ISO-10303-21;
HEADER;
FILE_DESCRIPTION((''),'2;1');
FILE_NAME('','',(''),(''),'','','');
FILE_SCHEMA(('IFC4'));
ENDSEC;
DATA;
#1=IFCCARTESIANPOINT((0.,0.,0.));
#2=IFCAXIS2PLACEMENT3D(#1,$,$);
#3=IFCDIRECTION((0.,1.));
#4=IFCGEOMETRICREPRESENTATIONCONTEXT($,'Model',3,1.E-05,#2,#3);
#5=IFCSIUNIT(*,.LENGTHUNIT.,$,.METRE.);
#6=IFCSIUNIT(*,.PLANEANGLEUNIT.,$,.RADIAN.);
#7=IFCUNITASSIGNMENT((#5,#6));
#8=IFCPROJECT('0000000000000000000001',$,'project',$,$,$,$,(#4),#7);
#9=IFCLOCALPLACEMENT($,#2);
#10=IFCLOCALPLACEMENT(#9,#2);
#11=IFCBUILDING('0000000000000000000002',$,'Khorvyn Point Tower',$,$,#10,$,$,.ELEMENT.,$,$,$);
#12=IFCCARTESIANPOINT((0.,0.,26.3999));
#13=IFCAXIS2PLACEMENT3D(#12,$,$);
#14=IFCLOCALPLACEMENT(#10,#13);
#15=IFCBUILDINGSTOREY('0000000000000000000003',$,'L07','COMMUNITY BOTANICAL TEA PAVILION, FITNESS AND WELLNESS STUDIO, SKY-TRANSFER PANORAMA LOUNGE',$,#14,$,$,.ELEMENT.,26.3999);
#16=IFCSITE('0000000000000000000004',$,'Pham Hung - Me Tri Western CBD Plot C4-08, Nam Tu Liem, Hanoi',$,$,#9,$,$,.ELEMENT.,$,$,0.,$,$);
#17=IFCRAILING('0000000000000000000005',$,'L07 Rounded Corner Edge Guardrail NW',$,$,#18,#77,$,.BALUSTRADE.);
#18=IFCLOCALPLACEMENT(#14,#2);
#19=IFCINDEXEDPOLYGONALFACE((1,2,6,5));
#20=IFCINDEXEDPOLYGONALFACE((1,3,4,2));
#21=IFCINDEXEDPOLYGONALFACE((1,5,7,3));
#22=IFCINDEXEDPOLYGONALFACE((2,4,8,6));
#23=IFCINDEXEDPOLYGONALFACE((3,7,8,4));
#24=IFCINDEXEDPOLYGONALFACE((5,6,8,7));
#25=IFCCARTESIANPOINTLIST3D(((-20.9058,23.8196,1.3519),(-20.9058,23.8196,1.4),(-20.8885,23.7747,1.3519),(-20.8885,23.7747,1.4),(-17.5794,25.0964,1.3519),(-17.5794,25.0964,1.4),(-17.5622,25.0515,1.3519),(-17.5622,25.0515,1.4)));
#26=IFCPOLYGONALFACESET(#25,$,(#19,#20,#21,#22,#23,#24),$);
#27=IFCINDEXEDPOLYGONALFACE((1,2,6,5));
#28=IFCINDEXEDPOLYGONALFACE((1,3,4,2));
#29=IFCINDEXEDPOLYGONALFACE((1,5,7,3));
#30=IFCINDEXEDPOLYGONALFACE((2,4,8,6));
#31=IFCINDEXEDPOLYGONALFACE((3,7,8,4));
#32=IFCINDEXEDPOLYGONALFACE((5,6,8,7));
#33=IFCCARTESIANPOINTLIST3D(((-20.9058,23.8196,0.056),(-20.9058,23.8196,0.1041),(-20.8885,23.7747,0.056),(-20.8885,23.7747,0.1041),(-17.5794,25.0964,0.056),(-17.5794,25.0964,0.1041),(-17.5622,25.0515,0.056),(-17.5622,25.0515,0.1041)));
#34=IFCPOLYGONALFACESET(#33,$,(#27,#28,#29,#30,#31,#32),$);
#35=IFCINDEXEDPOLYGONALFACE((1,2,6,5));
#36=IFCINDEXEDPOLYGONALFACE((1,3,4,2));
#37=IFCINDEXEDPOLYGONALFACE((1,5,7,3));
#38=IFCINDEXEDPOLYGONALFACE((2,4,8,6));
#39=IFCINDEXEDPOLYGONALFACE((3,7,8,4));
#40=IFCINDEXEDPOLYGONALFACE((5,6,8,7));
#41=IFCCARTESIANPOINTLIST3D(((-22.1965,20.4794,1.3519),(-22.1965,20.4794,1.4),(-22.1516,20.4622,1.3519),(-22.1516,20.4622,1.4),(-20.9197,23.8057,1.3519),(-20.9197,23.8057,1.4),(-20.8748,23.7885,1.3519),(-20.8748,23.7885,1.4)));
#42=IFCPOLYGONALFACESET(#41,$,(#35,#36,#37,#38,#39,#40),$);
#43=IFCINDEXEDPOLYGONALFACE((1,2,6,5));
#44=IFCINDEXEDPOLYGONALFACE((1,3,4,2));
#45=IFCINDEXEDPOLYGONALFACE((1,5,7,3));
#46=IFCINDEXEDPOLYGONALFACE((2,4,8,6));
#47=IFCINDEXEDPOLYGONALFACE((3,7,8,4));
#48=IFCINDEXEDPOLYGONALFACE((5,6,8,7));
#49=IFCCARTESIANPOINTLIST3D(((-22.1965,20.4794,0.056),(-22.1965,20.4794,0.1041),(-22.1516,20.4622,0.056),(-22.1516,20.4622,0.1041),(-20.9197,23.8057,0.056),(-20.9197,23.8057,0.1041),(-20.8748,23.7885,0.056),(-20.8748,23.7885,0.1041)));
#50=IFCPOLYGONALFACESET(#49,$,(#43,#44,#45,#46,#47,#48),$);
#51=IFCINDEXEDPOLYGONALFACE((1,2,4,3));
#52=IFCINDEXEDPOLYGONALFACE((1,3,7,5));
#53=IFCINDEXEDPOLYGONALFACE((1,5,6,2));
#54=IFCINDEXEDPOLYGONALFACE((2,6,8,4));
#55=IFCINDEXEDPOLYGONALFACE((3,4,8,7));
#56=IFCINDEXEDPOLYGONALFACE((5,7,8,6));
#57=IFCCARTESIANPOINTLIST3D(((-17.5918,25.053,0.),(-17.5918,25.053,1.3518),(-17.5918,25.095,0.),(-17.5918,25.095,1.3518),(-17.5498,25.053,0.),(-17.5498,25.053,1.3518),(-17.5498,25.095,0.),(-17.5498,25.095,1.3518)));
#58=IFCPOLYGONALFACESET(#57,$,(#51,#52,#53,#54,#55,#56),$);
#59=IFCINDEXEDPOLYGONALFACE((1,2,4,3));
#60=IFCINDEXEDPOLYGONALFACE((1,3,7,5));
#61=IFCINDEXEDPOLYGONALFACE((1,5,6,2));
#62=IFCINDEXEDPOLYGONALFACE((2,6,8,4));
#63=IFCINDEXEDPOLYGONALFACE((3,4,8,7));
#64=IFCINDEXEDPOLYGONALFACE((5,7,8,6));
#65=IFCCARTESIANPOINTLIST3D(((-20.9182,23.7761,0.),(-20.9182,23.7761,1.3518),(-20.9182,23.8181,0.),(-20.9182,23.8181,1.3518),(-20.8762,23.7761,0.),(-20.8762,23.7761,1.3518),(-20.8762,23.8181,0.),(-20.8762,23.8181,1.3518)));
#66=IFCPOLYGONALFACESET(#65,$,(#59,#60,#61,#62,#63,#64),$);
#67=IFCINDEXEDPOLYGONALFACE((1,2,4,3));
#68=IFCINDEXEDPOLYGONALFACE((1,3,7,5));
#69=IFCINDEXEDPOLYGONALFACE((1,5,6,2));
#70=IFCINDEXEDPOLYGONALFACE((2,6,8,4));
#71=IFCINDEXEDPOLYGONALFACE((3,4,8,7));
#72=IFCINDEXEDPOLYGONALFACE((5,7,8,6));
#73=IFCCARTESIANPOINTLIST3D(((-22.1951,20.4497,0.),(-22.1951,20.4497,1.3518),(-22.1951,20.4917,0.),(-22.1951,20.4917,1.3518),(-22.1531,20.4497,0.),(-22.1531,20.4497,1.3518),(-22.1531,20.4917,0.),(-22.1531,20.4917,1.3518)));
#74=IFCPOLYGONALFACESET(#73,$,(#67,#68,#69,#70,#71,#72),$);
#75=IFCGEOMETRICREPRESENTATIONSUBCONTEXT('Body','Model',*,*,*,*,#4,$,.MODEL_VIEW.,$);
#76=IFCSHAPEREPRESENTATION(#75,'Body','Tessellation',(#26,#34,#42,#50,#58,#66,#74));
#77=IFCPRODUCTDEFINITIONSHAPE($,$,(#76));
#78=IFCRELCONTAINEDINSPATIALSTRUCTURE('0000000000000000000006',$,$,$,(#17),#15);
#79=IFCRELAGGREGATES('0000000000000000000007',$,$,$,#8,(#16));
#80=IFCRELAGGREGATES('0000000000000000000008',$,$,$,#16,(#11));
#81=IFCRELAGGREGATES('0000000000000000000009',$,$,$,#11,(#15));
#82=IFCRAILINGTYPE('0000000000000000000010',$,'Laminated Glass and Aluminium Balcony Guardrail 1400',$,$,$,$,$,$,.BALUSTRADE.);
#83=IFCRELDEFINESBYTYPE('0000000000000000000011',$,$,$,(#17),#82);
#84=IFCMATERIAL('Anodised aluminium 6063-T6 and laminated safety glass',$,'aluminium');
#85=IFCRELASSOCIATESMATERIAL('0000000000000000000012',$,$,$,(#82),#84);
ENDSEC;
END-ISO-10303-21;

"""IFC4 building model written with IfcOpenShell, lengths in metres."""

from ifc_helpers import new_model, si_unit, direction, frame, origin, origin_2d, place, context, subcontext, project, spatial, rectangle, extrude, material, type_object, element, save


model = new_model("IFC4")

# Units and contexts
model_context = context("Model", 3, precision=1e-05, world=origin(), true_north=direction((0.0, 1.0)))
body_context = subcontext(model_context, "Body", "Model", "MODEL_VIEW")
ifc_project = project(units=[si_unit("LENGTHUNIT", "METRE"), si_unit("PLANEANGLEUNIT", "RADIAN")], contexts=[model_context])

# Site, building, storey
site_placement = place(None, origin())
site = spatial("IfcSite", under=ifc_project, at=site_placement, Name="Pham Hung - Me Tri Western CBD Plot C4-08, Nam Tu Liem, Hanoi", CompositionType="ELEMENT", RefElevation=0.0)
building_placement = place(site_placement, origin())
building = spatial("IfcBuilding", under=site, at=building_placement, Name="Khorvyn Point Tower", CompositionType="ELEMENT")
storey_placement = place(building_placement, frame((0.0, 0.0, 26.3999)))
storey = spatial("IfcBuildingStorey", under=building, at=storey_placement, Name="L07", Description="COMMUNITY BOTANICAL TEA PAVILION, FITNESS AND WELLNESS STUDIO, SKY-TRANSFER PANORAMA LOUNGE", CompositionType="ELEMENT", Elevation=26.3999)

# Railing
ifc_material_1 = material(Name="Anodised aluminium 6063-T6 and laminated safety glass", Category="aluminium")
railing_type = type_object("IfcRailingType", Name="Laminated Glass and Aluminium Balcony Guardrail 1400", PredefinedType="BALUSTRADE", material=ifc_material_1)
railing_placement = place(storey_placement, frame((-17.5708, 25.074, 0.0)))
element("IfcRailing", 1, at=railing_placement, inside=storey, type_object=railing_type, Name="L07 Rounded Corner Edge Guardrail NW", PredefinedType="BALUSTRADE", context=body_context, shape_type="SweptSolid", body=[
    extrude(rectangle(XDim=0.0481, YDim=0.0481, at=origin_2d()), frame((0.0, 0.0, 1.376), z_axis=(-0.933584, -0.358359, 0.0), x_axis=(0.358359, -0.933584, 0.0)), (0.0, 0.0, 1.0), 3.563),
    extrude(rectangle(XDim=0.0481, YDim=0.0481, at=origin_2d()), frame((0.0, 0.0, 0.0801), z_axis=(-0.933584, -0.358359, 0.0), x_axis=(0.358359, -0.933584, 0.0)), (0.0, 0.0, 1.0), 3.563),
    extrude(rectangle(XDim=0.0481, YDim=0.0481, at=origin_2d()), frame((-3.3264, -1.2769, 1.376), z_axis=(-0.358359, -0.933584, 0.0), x_axis=(0.933584, -0.358359, 0.0)), (0.0, 0.0, 1.0), 3.563),
    extrude(rectangle(XDim=0.0481, YDim=0.0481, at=origin_2d()), frame((-3.3264, -1.2769, 0.0801), z_axis=(-0.358359, -0.933584, 0.0), x_axis=(0.933584, -0.358359, 0.0)), (0.0, 0.0, 1.0), 3.563),
    extrude(rectangle(XDim=0.042, YDim=0.042, at=origin_2d()), origin(), (0.0, 0.0, 1.0), 1.3518),
    extrude(rectangle(XDim=0.042, YDim=0.042, at=origin_2d()), frame((-3.3264, -1.2769, 0.0)), (0.0, 0.0, 1.0), 1.3518),
    extrude(rectangle(XDim=0.042, YDim=0.042, at=origin_2d()), frame((-4.6033, -4.6033, 0.0)), (0.0, 0.0, 1.0), 1.3518),
])

save(model, "model.ifc")
